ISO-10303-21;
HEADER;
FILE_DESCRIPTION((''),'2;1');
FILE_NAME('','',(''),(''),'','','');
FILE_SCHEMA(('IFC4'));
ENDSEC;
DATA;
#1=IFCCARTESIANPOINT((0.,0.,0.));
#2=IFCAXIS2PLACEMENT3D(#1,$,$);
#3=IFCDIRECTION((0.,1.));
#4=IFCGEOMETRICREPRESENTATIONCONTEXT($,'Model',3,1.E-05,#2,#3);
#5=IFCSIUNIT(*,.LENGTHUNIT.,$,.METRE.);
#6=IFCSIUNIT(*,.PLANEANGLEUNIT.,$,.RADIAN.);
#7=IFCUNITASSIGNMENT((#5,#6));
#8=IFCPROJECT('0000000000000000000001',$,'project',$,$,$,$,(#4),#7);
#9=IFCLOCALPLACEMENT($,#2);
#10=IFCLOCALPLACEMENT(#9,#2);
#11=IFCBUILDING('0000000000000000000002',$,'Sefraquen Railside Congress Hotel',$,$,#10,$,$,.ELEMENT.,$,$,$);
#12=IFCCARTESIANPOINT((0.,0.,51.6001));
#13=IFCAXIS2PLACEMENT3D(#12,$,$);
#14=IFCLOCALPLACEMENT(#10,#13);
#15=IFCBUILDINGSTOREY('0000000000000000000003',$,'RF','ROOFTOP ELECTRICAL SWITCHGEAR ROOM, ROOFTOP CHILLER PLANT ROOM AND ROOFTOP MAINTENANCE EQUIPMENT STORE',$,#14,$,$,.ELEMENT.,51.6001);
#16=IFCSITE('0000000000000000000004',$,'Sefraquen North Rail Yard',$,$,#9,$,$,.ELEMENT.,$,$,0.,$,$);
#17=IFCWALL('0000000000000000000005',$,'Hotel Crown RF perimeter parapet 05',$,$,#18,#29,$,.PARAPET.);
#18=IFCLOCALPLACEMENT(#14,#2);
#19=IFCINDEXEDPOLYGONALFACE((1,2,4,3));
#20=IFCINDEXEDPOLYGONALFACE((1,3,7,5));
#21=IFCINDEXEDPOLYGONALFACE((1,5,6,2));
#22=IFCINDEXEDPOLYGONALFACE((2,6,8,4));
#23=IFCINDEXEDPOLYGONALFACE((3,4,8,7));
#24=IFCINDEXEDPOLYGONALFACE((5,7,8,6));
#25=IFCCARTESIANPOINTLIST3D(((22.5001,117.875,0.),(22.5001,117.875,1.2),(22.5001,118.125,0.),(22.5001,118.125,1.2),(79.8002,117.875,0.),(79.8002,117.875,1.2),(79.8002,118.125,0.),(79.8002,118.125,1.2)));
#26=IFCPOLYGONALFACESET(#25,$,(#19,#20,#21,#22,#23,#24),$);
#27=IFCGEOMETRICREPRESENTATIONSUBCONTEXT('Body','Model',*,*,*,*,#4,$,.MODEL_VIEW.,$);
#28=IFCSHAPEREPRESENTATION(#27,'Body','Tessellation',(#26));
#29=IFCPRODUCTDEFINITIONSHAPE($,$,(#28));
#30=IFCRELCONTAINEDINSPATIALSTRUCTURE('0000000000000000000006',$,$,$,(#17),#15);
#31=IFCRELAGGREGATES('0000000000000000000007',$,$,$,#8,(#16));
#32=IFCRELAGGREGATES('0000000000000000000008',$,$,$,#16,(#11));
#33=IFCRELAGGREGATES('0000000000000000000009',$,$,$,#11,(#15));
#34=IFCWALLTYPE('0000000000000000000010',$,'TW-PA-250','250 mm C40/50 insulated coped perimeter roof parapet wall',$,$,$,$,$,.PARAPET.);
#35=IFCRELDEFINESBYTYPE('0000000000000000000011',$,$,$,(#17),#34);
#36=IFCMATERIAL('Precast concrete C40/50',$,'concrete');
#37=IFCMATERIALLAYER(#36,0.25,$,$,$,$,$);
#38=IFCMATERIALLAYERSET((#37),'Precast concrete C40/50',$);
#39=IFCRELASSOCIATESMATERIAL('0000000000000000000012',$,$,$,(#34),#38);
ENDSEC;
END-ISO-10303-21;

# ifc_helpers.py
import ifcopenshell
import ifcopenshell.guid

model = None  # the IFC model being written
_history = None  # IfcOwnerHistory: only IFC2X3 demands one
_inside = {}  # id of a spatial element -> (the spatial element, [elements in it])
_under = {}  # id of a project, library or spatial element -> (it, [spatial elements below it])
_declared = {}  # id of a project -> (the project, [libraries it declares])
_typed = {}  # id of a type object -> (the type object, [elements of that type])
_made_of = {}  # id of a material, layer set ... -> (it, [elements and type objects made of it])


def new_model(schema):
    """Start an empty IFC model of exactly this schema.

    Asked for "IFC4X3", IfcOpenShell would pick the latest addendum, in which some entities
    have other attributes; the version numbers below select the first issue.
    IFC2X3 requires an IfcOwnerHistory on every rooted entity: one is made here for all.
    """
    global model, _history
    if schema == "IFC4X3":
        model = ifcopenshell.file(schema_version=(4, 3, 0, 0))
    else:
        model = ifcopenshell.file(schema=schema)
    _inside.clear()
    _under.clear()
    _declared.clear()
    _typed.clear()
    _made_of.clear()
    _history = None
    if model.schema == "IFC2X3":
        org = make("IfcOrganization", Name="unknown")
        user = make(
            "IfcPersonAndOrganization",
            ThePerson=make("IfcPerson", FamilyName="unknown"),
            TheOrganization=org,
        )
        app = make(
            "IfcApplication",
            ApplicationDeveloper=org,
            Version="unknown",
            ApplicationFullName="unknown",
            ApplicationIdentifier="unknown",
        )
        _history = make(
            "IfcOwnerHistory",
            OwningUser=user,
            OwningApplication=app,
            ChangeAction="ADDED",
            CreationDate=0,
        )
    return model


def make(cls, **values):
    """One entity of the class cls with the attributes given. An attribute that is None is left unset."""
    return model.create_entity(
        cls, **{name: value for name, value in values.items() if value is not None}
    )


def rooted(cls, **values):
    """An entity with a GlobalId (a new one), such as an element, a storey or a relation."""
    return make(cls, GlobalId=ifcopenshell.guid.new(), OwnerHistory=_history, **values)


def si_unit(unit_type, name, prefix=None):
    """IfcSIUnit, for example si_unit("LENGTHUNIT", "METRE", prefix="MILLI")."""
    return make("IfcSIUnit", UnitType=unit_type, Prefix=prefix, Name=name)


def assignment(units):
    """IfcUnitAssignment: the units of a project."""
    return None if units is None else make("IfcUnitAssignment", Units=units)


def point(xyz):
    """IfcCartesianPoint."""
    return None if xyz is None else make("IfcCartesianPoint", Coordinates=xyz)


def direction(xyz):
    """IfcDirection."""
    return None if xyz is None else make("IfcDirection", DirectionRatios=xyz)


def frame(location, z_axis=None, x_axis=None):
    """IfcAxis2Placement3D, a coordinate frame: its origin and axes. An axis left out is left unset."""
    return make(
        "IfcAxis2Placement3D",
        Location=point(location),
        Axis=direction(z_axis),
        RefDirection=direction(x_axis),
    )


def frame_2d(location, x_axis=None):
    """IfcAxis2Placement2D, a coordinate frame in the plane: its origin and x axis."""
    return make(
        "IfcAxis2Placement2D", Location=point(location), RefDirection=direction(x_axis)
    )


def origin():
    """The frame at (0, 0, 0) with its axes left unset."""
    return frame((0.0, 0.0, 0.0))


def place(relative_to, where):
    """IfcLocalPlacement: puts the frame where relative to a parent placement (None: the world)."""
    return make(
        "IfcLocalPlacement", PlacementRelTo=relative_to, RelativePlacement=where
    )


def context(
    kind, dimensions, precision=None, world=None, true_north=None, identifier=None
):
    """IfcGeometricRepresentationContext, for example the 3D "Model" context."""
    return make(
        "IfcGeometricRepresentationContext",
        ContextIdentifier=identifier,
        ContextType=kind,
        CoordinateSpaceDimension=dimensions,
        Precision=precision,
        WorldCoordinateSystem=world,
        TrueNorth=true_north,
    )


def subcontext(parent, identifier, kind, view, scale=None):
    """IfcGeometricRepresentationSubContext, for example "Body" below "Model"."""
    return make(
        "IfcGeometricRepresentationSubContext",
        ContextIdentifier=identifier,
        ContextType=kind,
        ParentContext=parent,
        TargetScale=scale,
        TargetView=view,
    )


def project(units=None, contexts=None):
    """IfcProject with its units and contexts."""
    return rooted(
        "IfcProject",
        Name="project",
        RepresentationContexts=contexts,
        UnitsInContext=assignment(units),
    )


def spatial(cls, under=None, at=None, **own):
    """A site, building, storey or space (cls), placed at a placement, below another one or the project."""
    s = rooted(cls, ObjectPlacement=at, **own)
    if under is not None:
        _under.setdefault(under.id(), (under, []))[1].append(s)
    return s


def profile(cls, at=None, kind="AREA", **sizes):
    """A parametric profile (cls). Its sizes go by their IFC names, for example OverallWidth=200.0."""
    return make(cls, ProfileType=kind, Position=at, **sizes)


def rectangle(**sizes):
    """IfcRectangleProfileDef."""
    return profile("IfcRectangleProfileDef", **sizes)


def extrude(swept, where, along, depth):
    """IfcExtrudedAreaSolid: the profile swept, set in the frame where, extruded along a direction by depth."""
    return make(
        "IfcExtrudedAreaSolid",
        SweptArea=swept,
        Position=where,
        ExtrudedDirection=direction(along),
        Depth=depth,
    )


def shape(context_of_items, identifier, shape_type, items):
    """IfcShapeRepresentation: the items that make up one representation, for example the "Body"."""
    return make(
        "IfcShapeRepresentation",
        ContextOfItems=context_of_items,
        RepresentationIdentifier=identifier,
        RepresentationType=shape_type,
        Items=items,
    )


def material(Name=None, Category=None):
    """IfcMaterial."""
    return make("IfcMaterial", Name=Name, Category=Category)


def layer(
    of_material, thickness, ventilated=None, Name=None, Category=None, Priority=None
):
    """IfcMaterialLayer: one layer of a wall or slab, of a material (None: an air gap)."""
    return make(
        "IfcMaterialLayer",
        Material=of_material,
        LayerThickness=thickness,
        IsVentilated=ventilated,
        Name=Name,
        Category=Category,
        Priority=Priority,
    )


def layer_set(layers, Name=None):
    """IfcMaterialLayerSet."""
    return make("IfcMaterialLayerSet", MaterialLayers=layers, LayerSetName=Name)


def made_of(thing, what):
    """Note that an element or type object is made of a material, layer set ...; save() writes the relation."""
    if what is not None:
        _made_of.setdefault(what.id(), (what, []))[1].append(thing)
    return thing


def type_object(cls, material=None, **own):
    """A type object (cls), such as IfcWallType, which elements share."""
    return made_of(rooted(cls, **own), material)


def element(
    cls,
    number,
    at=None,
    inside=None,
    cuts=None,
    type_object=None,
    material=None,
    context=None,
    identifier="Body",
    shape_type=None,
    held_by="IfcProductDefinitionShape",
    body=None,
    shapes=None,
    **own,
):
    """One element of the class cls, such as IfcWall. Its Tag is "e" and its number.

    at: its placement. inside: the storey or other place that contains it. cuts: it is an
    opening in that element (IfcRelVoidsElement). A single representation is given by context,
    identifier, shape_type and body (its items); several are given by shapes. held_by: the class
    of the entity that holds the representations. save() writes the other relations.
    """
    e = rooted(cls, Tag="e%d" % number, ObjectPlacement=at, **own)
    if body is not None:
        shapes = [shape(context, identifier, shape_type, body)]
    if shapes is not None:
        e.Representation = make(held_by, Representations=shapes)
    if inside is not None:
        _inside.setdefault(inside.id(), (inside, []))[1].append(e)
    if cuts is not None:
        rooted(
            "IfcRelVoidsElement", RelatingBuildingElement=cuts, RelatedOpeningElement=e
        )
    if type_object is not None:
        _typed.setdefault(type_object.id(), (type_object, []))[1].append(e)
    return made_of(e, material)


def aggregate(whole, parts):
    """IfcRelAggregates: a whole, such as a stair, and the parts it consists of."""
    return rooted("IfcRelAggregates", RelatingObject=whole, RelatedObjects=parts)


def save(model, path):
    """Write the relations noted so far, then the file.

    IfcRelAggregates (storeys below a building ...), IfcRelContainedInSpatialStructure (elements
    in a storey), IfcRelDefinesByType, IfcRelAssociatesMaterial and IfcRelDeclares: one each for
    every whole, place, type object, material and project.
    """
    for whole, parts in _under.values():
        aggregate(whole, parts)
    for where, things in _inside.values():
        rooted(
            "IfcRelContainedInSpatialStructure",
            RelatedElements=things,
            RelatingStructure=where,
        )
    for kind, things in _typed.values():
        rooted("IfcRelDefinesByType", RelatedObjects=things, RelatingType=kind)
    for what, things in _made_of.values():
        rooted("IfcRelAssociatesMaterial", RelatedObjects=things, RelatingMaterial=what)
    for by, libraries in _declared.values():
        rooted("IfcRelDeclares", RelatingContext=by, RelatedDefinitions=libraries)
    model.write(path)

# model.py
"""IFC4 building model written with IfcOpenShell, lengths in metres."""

from ifc_helpers import new_model, si_unit, direction, frame, frame_2d, origin, place, context, subcontext, project, spatial, rectangle, extrude, material, layer, layer_set, type_object, element, save


model = new_model("IFC4")

# Units and contexts
model_context = context("Model", 3, precision=1e-05, world=origin(), true_north=direction((0.0, 1.0)))
body_context = subcontext(model_context, "Body", "Model", "MODEL_VIEW")
ifc_project = project(units=[si_unit("LENGTHUNIT", "METRE"), si_unit("PLANEANGLEUNIT", "RADIAN")], contexts=[model_context])

# Site, building, storey
site_placement = place(None, origin())
site = spatial("IfcSite", under=ifc_project, at=site_placement, Name="Sefraquen North Rail Yard", CompositionType="ELEMENT", RefElevation=0.0)
building_placement = place(site_placement, origin())
building = spatial("IfcBuilding", under=site, at=building_placement, Name="Sefraquen Railside Congress Hotel", CompositionType="ELEMENT")
storey_placement = place(building_placement, frame((0.0, 0.0, 51.6001)))
storey = spatial("IfcBuildingStorey", under=building, at=storey_placement, Name="RF", Description="ROOFTOP ELECTRICAL SWITCHGEAR ROOM, ROOFTOP CHILLER PLANT ROOM AND ROOFTOP MAINTENANCE EQUIPMENT STORE", CompositionType="ELEMENT", Elevation=51.6001)

# Wall
ifc_material_1 = material(Name="Precast concrete C40/50", Category="concrete")
ifc_layer_1 = layer(ifc_material_1, 0.25)
ifc_layer_set_1 = layer_set([ifc_layer_1], Name="Precast concrete C40/50")
wall_type_1 = type_object("IfcWallType", Name="TW-PA-250", Description="250 mm C40/50 insulated coped perimeter roof parapet wall", PredefinedType="PARAPET", material=ifc_layer_set_1)
wall_1_placement = place(storey_placement, frame((79.8, 118.0, 0.0), z_axis=(0.0, 0.0, 1.0), x_axis=(-1.0, 0.0, 0.0)))
element("IfcWall", 1, at=wall_1_placement, inside=storey, type_object=wall_type_1, Name="Hotel Crown RF perimeter parapet 05", PredefinedType="PARAPET", context=body_context, shape_type="SweptSolid", body=[
    extrude(rectangle(XDim=57.3, YDim=0.25, at=frame_2d((28.6499, 0.0))), origin(), (0.0, 0.0, 1.0), 1.2),
])

save(model, "model.ifc")
